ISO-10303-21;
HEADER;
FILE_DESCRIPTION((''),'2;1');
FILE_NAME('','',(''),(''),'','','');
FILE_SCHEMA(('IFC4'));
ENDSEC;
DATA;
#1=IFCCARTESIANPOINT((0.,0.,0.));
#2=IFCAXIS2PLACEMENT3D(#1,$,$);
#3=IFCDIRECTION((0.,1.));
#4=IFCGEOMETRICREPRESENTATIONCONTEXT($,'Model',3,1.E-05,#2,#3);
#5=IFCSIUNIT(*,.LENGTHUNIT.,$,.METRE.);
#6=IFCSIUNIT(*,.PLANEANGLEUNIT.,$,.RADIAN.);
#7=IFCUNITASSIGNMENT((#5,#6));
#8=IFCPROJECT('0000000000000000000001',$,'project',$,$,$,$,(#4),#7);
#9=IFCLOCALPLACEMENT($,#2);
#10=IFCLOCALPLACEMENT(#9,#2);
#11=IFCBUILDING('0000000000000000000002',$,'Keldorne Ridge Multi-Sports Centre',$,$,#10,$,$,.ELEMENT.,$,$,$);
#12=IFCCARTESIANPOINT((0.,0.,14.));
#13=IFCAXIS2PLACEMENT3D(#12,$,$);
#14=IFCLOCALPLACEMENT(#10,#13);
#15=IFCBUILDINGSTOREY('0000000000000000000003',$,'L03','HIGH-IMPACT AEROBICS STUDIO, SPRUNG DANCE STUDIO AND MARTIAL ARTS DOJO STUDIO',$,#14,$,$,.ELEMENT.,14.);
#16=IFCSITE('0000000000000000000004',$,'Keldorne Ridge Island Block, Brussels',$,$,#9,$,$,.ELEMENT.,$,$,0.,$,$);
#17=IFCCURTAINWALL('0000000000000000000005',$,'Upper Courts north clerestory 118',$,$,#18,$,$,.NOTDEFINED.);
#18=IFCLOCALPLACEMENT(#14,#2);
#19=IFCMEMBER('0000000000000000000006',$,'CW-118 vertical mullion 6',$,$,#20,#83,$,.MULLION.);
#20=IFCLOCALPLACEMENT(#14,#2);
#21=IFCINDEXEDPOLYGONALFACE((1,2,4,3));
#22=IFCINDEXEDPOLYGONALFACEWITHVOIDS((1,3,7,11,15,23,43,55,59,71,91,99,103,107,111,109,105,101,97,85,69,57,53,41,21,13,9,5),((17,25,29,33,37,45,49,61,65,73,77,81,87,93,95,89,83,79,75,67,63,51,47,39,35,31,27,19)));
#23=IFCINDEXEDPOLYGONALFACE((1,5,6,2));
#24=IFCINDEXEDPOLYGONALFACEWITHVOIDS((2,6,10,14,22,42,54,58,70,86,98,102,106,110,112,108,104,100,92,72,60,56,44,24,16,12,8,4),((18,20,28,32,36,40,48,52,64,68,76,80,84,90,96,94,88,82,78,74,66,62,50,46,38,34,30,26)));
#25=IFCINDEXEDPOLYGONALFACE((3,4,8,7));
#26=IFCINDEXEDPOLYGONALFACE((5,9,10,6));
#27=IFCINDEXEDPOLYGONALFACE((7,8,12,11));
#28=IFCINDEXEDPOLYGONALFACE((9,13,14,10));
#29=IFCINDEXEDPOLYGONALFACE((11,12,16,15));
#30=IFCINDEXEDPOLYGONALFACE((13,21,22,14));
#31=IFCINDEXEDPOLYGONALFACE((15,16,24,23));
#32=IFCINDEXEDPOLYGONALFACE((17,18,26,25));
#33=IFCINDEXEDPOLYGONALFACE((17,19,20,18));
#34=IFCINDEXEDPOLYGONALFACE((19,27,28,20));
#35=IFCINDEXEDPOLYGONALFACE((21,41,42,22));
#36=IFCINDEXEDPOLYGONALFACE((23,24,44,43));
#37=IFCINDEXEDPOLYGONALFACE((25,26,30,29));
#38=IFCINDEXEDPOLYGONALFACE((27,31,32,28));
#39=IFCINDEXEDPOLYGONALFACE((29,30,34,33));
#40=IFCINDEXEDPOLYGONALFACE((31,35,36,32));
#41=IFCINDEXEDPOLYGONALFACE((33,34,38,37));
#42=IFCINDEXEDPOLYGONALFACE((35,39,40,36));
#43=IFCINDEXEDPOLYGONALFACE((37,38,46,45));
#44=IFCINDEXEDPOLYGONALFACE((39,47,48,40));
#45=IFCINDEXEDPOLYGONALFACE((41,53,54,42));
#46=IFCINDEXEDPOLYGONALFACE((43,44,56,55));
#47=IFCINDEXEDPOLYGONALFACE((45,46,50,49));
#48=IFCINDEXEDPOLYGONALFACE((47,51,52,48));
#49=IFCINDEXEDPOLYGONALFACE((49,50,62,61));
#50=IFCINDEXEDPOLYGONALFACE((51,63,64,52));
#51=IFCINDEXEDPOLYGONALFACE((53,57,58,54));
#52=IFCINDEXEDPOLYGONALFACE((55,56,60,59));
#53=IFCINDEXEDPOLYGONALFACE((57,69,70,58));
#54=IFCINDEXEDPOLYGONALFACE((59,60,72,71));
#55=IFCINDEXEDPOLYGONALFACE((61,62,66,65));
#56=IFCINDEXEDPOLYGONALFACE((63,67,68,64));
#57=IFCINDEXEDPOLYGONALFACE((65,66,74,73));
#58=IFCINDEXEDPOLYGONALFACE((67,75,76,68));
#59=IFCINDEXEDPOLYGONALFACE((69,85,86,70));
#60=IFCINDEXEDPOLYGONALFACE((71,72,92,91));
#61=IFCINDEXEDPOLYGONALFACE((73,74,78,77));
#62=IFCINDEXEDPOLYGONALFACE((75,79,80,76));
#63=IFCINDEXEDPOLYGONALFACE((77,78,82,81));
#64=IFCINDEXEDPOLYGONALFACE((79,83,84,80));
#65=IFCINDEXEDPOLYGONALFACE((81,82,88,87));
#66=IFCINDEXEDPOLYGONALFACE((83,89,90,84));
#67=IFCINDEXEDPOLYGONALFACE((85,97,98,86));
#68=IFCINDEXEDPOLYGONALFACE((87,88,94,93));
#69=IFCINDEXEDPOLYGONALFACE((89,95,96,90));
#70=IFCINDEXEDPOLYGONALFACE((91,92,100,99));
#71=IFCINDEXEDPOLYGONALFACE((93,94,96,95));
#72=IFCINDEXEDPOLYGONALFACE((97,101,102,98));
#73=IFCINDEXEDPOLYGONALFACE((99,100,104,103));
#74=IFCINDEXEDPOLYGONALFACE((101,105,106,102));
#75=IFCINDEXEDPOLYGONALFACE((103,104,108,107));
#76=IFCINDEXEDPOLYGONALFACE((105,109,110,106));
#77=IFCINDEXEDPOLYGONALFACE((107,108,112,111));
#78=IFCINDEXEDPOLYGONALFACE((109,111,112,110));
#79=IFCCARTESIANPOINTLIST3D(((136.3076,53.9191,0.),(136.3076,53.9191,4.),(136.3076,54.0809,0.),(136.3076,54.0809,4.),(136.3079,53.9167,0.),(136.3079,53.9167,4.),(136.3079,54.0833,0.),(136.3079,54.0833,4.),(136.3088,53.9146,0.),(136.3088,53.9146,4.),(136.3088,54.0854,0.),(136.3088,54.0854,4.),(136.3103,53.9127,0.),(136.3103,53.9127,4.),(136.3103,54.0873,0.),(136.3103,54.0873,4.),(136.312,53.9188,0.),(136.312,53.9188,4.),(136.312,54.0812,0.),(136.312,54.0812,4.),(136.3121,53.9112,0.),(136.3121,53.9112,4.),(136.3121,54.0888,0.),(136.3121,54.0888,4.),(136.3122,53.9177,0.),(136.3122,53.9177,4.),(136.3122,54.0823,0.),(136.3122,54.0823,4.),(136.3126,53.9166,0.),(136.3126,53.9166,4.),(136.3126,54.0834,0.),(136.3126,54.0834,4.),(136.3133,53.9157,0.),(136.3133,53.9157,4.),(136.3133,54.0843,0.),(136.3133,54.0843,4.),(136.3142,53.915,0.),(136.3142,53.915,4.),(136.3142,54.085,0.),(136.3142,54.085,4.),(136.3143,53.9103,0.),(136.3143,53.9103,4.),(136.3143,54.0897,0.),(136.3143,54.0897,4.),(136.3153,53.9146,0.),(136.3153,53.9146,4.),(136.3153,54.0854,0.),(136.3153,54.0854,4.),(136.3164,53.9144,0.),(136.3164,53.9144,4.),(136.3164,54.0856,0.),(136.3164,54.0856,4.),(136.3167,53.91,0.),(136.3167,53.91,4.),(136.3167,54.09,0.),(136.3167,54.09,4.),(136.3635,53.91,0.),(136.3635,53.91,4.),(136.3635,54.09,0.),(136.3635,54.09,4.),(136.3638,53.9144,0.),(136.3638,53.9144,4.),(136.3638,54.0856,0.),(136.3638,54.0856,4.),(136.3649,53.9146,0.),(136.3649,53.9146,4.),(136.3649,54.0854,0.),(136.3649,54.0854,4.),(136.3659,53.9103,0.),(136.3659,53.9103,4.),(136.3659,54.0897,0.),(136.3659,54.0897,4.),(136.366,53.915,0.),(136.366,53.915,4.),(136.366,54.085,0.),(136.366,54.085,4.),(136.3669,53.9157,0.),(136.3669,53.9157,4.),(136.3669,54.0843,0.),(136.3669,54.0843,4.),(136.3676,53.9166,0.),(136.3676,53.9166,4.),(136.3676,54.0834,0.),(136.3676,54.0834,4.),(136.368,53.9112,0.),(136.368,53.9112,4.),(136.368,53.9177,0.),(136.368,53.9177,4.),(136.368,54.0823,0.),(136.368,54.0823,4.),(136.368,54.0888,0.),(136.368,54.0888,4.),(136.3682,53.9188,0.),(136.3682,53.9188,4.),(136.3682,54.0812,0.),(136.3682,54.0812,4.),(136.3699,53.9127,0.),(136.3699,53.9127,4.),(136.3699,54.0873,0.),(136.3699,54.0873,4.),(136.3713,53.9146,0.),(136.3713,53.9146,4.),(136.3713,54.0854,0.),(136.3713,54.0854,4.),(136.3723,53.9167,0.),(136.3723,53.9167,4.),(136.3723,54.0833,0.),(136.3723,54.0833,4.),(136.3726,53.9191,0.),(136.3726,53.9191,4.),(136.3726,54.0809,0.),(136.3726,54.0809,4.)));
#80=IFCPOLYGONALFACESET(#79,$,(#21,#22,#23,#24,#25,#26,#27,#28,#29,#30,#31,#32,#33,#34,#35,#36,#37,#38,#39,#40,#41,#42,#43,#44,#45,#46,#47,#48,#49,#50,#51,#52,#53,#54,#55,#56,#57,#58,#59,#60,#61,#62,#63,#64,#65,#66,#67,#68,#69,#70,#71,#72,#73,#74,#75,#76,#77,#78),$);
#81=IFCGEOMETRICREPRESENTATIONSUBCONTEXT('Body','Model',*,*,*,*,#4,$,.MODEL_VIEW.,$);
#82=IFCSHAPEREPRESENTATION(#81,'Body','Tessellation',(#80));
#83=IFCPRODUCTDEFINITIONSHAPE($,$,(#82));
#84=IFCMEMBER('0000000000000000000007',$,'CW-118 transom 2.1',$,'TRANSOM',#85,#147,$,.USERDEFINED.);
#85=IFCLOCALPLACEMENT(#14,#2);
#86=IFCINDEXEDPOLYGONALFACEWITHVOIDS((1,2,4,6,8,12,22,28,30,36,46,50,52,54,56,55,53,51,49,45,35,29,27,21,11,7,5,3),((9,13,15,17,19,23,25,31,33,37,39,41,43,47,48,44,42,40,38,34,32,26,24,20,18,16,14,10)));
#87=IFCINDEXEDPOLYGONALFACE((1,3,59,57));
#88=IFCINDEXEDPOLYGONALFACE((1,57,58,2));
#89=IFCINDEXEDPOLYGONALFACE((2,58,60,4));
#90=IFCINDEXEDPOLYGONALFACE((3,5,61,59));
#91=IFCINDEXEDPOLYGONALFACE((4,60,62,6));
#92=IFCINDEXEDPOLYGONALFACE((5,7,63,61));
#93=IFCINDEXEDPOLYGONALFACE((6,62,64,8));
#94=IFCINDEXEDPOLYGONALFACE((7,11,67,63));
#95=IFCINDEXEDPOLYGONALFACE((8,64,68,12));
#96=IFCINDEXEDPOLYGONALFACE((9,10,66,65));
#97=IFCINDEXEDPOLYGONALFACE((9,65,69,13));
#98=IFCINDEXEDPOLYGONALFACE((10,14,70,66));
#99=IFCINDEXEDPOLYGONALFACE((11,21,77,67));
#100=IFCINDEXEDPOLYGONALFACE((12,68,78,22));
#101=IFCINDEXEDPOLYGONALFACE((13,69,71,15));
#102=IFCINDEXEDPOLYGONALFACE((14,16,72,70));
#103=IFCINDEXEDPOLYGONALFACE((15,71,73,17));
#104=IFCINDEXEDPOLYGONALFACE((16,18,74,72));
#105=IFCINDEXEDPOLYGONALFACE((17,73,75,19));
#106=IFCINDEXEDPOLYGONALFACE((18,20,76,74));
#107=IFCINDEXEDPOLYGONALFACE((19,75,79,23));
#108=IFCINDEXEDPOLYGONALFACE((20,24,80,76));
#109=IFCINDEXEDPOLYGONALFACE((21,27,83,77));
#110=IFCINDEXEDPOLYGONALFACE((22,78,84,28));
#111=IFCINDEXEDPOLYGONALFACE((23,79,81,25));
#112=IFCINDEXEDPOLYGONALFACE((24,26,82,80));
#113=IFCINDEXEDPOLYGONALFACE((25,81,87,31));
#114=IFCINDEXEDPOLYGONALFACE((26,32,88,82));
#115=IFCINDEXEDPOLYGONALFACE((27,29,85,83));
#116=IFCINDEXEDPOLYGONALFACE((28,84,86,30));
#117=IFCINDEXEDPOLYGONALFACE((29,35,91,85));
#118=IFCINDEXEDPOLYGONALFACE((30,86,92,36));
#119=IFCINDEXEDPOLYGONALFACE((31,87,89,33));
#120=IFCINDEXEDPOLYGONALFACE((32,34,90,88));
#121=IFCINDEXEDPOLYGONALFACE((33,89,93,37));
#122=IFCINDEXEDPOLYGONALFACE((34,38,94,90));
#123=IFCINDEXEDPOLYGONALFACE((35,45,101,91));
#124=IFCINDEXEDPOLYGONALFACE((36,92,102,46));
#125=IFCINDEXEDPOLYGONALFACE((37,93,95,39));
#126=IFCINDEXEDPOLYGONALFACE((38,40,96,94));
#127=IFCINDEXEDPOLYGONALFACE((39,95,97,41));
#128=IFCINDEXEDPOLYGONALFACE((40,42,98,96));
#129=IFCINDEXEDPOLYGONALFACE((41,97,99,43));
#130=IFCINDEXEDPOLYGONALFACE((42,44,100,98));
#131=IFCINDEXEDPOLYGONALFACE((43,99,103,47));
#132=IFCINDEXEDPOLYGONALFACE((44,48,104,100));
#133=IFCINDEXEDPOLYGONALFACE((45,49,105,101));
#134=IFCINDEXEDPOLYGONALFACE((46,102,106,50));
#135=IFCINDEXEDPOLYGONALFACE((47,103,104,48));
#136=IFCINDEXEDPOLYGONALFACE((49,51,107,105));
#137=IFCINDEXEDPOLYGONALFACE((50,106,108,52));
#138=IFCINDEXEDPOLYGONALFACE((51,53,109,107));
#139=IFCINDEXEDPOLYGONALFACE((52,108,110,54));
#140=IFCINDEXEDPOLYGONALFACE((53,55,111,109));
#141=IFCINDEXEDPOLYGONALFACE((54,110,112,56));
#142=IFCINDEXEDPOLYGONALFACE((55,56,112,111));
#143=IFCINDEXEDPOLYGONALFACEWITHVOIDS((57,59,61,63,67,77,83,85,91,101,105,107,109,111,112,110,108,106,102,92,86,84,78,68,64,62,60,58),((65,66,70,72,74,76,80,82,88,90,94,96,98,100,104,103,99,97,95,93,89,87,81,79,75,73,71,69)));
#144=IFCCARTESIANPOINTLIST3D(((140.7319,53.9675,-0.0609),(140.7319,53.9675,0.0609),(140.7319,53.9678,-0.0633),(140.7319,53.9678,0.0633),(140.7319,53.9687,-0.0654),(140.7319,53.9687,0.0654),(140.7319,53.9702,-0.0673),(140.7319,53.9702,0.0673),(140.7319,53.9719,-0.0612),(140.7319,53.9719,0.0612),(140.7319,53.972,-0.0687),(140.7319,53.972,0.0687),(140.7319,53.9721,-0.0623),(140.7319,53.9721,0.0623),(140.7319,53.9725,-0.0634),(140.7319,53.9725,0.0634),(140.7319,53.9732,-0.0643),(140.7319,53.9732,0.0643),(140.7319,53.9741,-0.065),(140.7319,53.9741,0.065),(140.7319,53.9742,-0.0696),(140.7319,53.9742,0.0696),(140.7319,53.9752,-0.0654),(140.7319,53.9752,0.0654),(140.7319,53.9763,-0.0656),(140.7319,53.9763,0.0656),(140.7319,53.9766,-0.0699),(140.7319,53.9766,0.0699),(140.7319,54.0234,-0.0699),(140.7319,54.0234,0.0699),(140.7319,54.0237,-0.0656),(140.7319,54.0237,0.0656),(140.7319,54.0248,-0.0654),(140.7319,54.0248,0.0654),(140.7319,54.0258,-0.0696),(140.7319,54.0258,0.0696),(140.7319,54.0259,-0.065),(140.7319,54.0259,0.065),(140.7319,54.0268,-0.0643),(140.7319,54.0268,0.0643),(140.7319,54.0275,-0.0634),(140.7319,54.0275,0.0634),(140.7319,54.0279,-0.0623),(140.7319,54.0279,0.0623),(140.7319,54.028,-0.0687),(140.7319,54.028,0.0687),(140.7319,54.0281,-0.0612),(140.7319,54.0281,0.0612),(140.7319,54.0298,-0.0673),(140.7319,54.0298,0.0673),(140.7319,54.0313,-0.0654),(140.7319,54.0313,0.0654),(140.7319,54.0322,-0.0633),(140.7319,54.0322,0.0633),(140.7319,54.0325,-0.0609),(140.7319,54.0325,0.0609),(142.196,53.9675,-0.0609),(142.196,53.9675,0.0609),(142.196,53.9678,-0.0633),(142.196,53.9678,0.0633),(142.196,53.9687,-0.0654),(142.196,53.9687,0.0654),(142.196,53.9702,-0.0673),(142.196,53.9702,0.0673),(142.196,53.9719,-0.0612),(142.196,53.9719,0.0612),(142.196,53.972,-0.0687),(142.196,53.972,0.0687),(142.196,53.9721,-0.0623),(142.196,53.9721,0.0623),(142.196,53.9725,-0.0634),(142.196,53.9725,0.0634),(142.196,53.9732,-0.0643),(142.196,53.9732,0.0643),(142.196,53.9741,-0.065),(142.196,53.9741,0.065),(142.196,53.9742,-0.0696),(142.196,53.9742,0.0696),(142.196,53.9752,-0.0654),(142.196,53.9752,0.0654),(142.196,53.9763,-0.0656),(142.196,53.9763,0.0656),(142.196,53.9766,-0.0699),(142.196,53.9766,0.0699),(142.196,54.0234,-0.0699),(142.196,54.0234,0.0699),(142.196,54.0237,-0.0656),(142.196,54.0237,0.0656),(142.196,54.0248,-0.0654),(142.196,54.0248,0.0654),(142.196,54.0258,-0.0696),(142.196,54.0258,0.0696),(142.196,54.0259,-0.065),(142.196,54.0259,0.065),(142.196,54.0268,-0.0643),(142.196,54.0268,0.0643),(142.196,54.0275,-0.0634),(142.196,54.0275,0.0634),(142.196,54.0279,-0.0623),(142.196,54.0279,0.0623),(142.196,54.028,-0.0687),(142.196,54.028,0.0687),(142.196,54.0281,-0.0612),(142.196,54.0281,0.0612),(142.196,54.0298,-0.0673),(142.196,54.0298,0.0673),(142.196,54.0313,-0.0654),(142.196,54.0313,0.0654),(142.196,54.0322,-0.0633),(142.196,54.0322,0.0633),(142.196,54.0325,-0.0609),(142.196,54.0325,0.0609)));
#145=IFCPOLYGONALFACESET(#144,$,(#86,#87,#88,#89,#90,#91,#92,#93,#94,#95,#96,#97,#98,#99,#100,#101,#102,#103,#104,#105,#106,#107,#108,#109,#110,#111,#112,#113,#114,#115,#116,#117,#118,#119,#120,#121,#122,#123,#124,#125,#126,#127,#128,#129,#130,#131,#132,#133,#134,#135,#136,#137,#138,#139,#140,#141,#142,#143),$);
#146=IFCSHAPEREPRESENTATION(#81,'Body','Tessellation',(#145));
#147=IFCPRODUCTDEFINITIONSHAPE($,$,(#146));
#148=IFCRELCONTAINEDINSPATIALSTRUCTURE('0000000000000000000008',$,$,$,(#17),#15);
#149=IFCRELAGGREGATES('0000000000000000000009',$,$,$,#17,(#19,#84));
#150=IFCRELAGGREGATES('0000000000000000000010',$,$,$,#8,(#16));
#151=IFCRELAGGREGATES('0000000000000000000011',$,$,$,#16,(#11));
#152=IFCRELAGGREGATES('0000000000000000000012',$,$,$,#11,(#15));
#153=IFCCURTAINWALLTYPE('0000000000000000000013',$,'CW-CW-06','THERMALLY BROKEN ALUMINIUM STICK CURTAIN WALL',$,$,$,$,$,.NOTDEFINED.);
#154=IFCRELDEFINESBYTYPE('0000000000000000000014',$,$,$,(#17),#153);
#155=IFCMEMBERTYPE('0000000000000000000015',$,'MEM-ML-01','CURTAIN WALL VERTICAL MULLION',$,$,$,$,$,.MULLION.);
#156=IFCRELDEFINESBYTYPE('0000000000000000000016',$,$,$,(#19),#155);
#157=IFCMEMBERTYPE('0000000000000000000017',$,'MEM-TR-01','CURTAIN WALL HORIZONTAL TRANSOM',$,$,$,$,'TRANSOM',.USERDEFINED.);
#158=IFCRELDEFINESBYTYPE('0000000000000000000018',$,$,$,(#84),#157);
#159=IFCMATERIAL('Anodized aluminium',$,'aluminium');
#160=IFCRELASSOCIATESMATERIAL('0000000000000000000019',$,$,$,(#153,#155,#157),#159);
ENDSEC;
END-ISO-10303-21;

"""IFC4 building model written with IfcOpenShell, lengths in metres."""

from ifc_helpers import new_model, si_unit, direction, frame, origin, origin_2d, place, context, subcontext, project, spatial, hollow_rectangle, extrude, material, material_profile, profile_set, type_object, element, aggregate, save


model = new_model("IFC4")

# Units and contexts
model_context = context("Model", 3, precision=1e-05, world=origin(), true_north=direction((0.0, 1.0)))
body_context = subcontext(model_context, "Body", "Model", "MODEL_VIEW")
ifc_project = project(units=[si_unit("LENGTHUNIT", "METRE"), si_unit("PLANEANGLEUNIT", "RADIAN")], contexts=[model_context])

# Site, building, storey
site_placement = place(None, origin())
site = spatial("IfcSite", under=ifc_project, at=site_placement, Name="Keldorne Ridge Island Block, Brussels", CompositionType="ELEMENT", RefElevation=0.0)
building_placement = place(site_placement, origin())
building = spatial("IfcBuilding", under=site, at=building_placement, Name="Keldorne Ridge Multi-Sports Centre", CompositionType="ELEMENT")
storey_placement = place(building_placement, frame((0.0, 0.0, 14.0)))
storey = spatial("IfcBuildingStorey", under=building, at=storey_placement, Name="L03", Description="HIGH-IMPACT AEROBICS STUDIO, SPRUNG DANCE STUDIO AND MARTIAL ARTS DOJO STUDIO", CompositionType="ELEMENT", Elevation=14.0)

# Curtain wall, members
ifc_material_1 = material(Name="Anodized aluminium", Category="aluminium")
curtain_wall_type = type_object("IfcCurtainWallType", Name="CW-CW-06", Description="THERMALLY BROKEN ALUMINIUM STICK CURTAIN WALL", PredefinedType="NOTDEFINED", material=ifc_material_1)
curtain_wall_placement = place(storey_placement, origin())
curtain_wall = element("IfcCurtainWall", 1, at=curtain_wall_placement, inside=storey, type_object=curtain_wall_type, Name="Upper Courts north clerestory 118", PredefinedType="NOTDEFINED")
ifc_material_profile_1 = material_profile(ifc_material_1, hollow_rectangle(XDim=0.0649, YDim=0.1799, WallThickness=0.0044, InnerFilletRadius=0.0044, OuterFilletRadius=0.009, at=origin_2d()), Name="ALU MULLION 180x65x4.5")
ifc_profile_set_1 = profile_set([ifc_material_profile_1], Name="Anodized aluminium")
member_type_1 = type_object("IfcMemberType", Name="MEM-ML-01", Description="CURTAIN WALL VERTICAL MULLION", PredefinedType="MULLION", material=ifc_profile_set_1)
member_1_placement = place(storey_placement, frame((136.3401, 54.0, 0.0), z_axis=(0.0, 0.0, 1.0), x_axis=(1.0, 0.0, 0.0)))
member_1 = element("IfcMember", 2, at=member_1_placement, type_object=member_type_1, Name="CW-118 vertical mullion 6", PredefinedType="MULLION", context=body_context, shape_type="SweptSolid", body=[
    extrude(hollow_rectangle(XDim=0.0649, YDim=0.1799, WallThickness=0.0044, InnerFilletRadius=0.0044, OuterFilletRadius=0.009, at=origin_2d()), origin(), (0.0, 0.0, 1.0), 4.0),
])
ifc_material_profile_2 = material_profile(ifc_material_1, hollow_rectangle(XDim=0.0649, YDim=0.1399, WallThickness=0.0044, InnerFilletRadius=0.0044, OuterFilletRadius=0.009, at=origin_2d()), Name="ALU TRANSOM 140x65x4.5")
ifc_profile_set_2 = profile_set([ifc_material_profile_2], Name="Anodized aluminium")
member_type_2 = type_object("IfcMemberType", Name="MEM-TR-01", Description="CURTAIN WALL HORIZONTAL TRANSOM", ElementType="TRANSOM", PredefinedType="USERDEFINED", material=ifc_profile_set_2)
member_2_placement = place(storey_placement, frame((142.196, 54.0, 0.0), z_axis=(-1.0, 0.0, 0.0), x_axis=(0.0, -1.0, 0.0)))
member_2 = element("IfcMember", 3, at=member_2_placement, type_object=member_type_2, Name="CW-118 transom 2.1", ObjectType="TRANSOM", PredefinedType="USERDEFINED", context=body_context, shape_type="SweptSolid", body=[
    extrude(hollow_rectangle(XDim=0.0649, YDim=0.1399, WallThickness=0.0044, InnerFilletRadius=0.0044, OuterFilletRadius=0.009, at=origin_2d()), origin(), (0.0, 0.0, 1.0), 1.4641),
])
aggregate(curtain_wall, [member_1, member_2])

save(model, "model.ifc")
